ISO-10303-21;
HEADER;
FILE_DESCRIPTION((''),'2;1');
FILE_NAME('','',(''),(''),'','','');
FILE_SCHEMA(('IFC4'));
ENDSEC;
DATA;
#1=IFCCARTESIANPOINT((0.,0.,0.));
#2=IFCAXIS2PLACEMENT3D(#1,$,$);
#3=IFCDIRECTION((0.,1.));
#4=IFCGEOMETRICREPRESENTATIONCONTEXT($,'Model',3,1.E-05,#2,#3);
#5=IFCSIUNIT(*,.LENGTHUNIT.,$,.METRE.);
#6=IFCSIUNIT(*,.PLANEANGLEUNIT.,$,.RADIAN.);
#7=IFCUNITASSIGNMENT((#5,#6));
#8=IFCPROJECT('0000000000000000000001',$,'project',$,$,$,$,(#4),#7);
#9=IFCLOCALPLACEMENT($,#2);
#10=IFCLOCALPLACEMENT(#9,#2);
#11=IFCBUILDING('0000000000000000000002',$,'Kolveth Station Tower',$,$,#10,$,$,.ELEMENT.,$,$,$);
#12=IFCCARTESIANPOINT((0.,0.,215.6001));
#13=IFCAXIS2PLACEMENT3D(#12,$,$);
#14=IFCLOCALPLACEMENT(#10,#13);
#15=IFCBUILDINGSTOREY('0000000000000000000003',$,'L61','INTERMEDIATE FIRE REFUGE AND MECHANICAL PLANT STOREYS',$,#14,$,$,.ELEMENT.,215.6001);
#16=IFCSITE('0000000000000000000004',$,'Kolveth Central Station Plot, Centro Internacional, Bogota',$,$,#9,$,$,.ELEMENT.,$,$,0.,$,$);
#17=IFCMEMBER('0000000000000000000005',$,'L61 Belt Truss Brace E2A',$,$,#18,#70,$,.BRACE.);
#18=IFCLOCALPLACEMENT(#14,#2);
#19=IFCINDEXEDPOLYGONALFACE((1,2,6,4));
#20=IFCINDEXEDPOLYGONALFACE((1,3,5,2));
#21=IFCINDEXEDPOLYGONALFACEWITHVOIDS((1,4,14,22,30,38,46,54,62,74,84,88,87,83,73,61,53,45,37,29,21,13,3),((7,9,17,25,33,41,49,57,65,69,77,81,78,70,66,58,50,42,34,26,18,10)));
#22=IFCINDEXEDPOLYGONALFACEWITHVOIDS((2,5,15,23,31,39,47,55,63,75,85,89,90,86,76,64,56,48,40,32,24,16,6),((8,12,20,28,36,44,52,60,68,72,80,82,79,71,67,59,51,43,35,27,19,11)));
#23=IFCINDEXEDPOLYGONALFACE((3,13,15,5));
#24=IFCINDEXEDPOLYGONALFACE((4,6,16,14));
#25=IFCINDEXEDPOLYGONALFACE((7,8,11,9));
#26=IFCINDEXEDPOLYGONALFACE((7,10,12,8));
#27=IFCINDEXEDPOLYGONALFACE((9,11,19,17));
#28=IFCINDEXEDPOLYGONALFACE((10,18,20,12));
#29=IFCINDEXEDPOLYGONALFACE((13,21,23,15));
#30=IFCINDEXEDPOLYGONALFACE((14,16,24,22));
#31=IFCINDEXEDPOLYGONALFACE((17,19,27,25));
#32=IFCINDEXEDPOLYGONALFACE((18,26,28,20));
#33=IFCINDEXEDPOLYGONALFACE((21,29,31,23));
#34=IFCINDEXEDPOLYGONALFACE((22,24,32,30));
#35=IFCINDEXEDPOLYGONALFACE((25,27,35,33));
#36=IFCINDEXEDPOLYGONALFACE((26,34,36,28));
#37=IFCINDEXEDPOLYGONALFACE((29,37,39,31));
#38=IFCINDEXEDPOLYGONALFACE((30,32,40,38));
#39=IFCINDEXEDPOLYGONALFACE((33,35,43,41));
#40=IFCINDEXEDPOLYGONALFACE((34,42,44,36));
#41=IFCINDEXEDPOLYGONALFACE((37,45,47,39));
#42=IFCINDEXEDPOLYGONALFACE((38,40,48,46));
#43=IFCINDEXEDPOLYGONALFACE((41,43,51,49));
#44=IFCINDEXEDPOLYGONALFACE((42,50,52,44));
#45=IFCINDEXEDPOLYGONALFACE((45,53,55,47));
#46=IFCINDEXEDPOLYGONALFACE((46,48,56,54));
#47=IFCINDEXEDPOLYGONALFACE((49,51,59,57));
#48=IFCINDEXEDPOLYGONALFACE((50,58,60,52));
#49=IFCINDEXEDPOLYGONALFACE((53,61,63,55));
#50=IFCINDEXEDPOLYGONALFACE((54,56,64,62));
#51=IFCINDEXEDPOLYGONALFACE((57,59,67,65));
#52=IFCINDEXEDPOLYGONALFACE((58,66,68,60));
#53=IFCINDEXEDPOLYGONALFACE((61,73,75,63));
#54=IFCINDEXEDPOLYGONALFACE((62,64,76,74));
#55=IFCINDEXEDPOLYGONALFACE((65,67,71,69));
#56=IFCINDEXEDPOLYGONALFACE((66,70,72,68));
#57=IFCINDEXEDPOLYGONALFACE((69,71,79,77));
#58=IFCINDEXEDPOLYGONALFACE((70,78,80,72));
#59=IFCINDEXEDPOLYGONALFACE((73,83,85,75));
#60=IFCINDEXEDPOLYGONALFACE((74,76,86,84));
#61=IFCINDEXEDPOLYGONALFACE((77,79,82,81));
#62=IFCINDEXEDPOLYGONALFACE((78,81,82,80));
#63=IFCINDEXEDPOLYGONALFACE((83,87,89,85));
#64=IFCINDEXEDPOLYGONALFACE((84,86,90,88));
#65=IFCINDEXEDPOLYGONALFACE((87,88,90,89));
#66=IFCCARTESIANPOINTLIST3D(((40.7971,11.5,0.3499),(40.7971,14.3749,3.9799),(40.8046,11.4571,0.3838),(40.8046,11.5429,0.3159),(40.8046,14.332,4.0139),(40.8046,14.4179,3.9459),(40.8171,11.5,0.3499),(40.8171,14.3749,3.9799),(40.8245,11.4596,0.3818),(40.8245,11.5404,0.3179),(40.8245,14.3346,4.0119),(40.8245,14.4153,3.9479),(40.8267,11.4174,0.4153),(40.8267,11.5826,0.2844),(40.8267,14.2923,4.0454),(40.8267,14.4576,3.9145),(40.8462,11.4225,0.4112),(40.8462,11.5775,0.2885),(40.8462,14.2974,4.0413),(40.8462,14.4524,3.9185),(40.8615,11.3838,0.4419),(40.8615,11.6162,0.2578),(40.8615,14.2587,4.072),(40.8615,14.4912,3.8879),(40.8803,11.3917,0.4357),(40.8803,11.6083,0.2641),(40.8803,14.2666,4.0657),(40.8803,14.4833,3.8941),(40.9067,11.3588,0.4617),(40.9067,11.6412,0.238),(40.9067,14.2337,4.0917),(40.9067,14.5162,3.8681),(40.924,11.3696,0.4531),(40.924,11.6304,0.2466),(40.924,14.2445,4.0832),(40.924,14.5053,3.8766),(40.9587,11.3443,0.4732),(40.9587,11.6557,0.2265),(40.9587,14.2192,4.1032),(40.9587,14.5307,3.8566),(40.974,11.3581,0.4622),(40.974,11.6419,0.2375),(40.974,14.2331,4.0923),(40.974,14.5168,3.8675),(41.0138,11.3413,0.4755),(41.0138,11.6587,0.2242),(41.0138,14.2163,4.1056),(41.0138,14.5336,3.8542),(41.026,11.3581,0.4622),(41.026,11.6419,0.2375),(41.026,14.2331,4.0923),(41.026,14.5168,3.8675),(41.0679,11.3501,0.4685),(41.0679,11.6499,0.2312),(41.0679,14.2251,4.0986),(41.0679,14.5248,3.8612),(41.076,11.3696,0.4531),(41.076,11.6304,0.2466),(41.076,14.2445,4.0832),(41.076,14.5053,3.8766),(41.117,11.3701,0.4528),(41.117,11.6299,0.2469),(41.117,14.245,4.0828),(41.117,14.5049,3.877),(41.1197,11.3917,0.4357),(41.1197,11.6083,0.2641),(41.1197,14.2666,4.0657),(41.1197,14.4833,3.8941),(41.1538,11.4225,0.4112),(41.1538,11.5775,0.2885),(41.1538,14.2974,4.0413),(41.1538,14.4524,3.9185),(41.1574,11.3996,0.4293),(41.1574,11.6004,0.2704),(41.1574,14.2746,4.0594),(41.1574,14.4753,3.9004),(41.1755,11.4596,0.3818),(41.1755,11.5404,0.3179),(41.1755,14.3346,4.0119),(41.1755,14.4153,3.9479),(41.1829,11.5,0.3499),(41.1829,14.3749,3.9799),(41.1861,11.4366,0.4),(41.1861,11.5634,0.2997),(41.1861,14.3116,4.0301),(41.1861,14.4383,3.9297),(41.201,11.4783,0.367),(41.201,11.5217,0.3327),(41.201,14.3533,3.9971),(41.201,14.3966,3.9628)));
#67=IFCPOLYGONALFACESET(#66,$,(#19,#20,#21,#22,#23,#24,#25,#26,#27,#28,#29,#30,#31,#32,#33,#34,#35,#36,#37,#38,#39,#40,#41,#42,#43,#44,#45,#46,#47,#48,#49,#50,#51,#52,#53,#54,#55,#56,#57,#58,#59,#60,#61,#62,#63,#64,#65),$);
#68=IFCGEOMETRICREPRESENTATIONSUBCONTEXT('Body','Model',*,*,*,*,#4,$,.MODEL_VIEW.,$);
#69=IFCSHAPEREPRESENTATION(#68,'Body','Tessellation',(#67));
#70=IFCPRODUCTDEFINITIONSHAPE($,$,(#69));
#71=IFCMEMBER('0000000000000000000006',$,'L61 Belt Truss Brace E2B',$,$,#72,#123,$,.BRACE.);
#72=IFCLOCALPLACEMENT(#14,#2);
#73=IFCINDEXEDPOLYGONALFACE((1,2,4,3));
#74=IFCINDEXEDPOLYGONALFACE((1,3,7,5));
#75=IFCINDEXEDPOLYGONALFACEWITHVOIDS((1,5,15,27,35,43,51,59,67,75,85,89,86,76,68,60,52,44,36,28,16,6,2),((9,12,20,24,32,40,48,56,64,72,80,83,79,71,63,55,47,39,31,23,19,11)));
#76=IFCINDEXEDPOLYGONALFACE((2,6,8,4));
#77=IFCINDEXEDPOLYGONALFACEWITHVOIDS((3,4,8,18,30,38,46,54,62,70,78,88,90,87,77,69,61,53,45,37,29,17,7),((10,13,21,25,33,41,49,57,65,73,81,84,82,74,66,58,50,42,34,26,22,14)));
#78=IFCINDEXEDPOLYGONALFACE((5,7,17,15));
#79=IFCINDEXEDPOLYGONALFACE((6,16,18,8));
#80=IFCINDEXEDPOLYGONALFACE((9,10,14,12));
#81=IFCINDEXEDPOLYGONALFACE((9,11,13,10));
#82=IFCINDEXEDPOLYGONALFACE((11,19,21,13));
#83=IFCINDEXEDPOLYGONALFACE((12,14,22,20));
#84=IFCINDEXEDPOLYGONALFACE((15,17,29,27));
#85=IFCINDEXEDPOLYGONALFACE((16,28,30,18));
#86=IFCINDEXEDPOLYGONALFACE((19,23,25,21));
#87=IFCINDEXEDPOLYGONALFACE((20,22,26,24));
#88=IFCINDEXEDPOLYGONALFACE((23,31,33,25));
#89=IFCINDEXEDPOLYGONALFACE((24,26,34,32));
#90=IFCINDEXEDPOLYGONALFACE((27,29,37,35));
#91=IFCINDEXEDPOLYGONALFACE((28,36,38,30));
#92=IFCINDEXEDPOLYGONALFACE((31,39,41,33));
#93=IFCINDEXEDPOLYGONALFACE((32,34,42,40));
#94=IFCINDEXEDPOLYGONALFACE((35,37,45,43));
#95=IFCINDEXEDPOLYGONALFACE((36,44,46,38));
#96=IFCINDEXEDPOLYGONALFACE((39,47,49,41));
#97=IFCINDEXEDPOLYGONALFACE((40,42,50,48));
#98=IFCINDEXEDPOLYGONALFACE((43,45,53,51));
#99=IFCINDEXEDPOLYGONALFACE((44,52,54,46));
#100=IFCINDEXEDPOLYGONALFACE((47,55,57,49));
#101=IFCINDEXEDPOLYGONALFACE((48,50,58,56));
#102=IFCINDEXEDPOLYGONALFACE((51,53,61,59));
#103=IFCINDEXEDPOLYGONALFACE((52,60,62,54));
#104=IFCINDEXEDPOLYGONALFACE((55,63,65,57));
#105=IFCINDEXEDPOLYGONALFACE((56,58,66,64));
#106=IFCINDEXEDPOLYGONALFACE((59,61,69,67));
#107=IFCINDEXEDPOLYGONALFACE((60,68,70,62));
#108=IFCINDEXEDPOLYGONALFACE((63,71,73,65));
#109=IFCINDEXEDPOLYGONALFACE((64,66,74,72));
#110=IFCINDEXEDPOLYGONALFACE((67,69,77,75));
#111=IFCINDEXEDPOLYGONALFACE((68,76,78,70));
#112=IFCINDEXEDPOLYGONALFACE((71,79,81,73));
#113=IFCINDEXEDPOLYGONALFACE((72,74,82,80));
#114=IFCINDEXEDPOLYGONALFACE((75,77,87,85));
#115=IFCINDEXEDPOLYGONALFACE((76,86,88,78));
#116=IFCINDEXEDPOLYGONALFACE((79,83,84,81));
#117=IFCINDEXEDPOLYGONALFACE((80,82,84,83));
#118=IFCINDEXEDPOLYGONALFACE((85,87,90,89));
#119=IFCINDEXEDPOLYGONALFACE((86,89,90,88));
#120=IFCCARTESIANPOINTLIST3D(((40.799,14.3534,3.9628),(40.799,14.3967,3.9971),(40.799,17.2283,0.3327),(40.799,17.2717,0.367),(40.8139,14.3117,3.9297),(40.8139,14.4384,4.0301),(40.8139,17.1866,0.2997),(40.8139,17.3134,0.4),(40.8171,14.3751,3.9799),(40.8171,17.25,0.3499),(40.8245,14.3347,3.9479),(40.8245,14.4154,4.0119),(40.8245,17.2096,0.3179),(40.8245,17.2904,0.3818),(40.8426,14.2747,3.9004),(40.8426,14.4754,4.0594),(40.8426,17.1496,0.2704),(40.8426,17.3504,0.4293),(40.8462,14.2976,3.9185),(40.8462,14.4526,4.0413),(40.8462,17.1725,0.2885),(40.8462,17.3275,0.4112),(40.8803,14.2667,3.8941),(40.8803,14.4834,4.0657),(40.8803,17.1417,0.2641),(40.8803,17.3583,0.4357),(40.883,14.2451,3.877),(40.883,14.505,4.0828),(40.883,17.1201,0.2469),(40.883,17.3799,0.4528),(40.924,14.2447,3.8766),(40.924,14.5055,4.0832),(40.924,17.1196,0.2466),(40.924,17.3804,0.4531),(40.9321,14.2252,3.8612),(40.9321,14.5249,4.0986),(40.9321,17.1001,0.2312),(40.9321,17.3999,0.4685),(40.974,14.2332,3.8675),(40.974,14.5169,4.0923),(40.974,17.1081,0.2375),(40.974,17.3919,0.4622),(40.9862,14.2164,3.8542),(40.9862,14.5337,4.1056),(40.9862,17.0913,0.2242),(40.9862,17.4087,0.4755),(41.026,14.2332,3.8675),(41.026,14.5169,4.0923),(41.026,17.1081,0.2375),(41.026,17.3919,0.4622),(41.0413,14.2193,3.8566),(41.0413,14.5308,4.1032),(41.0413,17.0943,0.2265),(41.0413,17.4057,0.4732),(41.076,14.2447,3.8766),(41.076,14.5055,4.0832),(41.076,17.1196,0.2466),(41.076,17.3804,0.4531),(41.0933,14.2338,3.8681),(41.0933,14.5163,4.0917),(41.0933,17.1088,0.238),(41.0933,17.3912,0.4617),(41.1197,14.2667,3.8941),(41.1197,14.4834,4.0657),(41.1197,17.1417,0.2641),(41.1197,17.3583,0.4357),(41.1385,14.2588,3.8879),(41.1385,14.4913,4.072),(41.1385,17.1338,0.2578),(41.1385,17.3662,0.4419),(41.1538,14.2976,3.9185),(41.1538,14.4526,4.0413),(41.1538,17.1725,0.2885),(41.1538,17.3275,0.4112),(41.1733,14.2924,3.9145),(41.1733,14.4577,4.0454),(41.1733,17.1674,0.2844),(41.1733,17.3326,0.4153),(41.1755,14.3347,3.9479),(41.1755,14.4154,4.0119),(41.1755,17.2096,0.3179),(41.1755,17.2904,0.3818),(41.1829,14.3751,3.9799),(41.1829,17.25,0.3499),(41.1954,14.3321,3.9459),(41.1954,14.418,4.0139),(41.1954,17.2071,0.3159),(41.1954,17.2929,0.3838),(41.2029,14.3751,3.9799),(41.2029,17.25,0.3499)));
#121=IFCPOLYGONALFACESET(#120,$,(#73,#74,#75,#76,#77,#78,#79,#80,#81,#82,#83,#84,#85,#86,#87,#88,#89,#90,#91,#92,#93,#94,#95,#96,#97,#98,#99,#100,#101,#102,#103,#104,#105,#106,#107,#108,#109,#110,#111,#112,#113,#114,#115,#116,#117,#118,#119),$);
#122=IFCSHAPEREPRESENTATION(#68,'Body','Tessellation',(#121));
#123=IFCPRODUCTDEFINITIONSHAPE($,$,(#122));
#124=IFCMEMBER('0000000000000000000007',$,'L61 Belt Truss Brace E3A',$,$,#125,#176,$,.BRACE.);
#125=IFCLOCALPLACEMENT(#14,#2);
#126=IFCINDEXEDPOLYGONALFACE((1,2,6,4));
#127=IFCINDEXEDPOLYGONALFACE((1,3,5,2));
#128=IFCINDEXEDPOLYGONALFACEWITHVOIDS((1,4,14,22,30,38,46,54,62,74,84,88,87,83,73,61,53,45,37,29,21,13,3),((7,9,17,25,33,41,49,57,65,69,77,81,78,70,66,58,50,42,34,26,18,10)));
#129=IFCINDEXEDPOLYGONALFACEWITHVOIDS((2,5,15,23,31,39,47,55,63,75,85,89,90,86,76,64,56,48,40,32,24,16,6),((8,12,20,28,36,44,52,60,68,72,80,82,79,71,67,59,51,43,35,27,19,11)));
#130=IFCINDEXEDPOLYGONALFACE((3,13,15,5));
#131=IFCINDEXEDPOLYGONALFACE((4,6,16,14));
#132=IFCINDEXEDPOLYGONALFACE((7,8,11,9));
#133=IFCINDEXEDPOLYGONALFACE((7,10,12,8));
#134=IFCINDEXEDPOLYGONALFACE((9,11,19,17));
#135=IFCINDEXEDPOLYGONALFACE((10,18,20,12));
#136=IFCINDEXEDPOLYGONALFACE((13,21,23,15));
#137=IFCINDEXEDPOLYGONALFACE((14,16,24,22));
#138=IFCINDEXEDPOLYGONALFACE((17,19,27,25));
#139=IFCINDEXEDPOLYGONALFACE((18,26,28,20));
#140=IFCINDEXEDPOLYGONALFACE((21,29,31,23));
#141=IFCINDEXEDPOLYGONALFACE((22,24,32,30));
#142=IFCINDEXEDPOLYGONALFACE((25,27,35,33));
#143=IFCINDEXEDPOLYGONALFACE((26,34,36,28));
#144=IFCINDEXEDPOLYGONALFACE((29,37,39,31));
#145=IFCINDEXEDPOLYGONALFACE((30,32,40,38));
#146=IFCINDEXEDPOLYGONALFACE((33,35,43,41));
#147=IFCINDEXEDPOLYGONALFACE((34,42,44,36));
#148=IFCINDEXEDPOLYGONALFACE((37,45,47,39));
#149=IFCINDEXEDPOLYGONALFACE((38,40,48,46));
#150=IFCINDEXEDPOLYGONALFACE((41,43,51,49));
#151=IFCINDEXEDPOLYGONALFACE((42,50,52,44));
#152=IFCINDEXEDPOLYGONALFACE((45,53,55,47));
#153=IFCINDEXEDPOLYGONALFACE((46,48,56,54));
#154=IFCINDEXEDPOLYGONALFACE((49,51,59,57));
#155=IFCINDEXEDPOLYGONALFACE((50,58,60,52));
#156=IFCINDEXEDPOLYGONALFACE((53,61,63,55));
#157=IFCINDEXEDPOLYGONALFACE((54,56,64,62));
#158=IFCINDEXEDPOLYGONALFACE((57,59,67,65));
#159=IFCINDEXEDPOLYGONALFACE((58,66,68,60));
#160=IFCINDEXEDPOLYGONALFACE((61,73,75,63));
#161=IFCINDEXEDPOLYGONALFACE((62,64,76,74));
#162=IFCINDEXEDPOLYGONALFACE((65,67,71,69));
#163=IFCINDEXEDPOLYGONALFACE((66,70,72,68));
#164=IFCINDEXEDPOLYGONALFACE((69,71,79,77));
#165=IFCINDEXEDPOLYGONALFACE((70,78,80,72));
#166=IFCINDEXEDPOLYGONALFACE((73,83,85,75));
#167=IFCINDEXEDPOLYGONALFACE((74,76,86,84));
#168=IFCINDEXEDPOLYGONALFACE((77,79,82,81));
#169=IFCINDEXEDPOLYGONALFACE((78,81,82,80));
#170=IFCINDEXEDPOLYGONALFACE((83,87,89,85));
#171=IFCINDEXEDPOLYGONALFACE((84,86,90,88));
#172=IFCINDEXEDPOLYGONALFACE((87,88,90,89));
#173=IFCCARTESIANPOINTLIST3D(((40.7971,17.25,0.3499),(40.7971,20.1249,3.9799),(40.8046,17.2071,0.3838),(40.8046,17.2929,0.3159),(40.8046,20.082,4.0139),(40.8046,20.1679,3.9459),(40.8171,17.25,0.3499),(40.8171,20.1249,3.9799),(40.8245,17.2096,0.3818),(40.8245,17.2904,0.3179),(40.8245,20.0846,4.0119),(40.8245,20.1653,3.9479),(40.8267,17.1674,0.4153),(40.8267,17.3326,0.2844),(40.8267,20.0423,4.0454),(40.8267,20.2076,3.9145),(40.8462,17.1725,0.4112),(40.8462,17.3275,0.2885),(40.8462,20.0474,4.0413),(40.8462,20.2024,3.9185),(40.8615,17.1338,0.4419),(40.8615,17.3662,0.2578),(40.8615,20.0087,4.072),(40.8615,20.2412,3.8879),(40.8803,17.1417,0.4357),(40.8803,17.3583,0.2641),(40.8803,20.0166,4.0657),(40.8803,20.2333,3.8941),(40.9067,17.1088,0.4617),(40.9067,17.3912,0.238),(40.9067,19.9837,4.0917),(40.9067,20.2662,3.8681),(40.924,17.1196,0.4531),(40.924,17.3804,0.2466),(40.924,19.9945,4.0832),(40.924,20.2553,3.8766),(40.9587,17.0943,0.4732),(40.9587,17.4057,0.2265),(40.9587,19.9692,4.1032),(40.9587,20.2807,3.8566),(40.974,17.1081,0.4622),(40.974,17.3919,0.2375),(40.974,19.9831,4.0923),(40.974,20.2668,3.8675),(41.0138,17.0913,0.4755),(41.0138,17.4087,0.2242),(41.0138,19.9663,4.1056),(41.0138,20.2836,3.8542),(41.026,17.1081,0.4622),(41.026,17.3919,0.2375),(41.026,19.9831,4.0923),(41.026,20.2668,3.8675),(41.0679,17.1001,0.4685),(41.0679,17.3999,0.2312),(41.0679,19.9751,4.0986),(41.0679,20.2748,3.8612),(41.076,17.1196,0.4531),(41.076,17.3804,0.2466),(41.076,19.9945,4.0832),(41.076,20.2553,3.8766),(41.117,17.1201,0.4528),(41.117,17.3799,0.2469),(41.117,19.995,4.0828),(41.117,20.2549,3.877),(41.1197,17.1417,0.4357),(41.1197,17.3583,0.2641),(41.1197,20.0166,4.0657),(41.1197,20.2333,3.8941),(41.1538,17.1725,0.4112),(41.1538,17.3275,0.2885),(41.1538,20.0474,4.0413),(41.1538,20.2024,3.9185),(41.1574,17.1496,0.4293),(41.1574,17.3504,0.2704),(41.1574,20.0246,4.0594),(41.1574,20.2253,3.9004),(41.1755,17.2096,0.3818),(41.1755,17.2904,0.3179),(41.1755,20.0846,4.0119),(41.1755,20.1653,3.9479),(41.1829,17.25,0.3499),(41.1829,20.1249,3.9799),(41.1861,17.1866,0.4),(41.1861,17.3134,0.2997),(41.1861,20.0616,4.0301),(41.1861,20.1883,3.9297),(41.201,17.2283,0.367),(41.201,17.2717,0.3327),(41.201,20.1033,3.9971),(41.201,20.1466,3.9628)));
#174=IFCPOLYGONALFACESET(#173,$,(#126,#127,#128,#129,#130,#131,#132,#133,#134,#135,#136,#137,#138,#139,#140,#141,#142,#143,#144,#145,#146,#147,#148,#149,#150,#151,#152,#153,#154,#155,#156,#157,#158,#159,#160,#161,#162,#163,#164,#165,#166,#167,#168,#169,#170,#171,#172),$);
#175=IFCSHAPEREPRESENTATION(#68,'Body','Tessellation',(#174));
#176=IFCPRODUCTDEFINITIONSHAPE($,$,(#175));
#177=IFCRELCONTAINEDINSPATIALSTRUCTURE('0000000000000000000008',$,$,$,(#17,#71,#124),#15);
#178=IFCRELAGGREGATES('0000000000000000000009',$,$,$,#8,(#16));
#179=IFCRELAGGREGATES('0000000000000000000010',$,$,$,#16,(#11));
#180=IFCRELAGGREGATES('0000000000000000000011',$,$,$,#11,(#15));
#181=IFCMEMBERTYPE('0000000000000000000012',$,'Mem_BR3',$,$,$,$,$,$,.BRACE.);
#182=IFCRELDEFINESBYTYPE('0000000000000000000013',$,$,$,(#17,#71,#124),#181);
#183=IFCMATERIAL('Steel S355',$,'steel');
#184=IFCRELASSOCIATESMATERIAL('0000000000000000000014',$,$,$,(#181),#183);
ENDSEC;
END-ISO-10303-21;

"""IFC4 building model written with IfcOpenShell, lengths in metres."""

from ifc_helpers import new_model, si_unit, direction, frame, origin, origin_2d, place, context, subcontext, project, spatial, hollow_circle, extrude, source, transform, mapped, material, material_profile, profile_set, type_object, element, save


model = new_model("IFC4")

# Units and contexts
model_context = context("Model", 3, precision=1e-05, world=origin(), true_north=direction((0.0, 1.0)))
body_context = subcontext(model_context, "Body", "Model", "MODEL_VIEW")
ifc_project = project(units=[si_unit("LENGTHUNIT", "METRE"), si_unit("PLANEANGLEUNIT", "RADIAN")], contexts=[model_context])

# Site, building, storey
site_placement = place(None, origin())
site = spatial("IfcSite", under=ifc_project, at=site_placement, Name="Kolveth Central Station Plot, Centro Internacional, Bogota", CompositionType="ELEMENT", RefElevation=0.0)
building_placement = place(site_placement, origin())
building = spatial("IfcBuilding", under=site, at=building_placement, Name="Kolveth Station Tower", CompositionType="ELEMENT")
storey_placement = place(building_placement, frame((0.0, 0.0, 215.6001)))
storey = spatial("IfcBuildingStorey", under=building, at=storey_placement, Name="L61", Description="INTERMEDIATE FIRE REFUGE AND MECHANICAL PLANT STOREYS", CompositionType="ELEMENT", Elevation=215.6001)

# Shared definitions
ifc_material_1 = material(Name="Steel S355", Category="steel")

# Members
ifc_material_profile_1 = material_profile(ifc_material_1, hollow_circle(Radius=0.2029, WallThickness=0.02, at=origin_2d()), Name="CHS406x20")
ifc_profile_set_1 = profile_set([ifc_material_profile_1], Name="Steel S355")
member_type_1 = type_object("IfcMemberType", Name="Mem_BR3", PredefinedType="BRACE", material=ifc_profile_set_1)
shared_shape_1 = source(origin(), body_context, "Body", "SweptSolid", [
    extrude(hollow_circle(Radius=0.2029, WallThickness=0.02, at=origin_2d()), origin(), (0.0, 0.0, 1.0), 4.6306),
])
for number, where, z_axis, x_axis, name in (
    (1, (41.0, 11.5, 0.3499), (0.0, 0.620856, 0.783925), (-1.0, 0.0, 0.0), "L61 Belt Truss Brace E2A"),
    (2, (41.0, 17.25, 0.3499), (0.0, -0.620856, 0.783925), (1.0, 0.0, 0.0), "L61 Belt Truss Brace E2B"),
    (3, (41.0, 17.25, 0.3499), (0.0, 0.620856, 0.783925), (-1.0, 0.0, 0.0), "L61 Belt Truss Brace E3A"),
):
    element("IfcMember", number, at=place(storey_placement, frame(where, z_axis=z_axis, x_axis=x_axis)), inside=storey, type_object=member_type_1, Name=name, PredefinedType="BRACE", context=body_context, shape_type="MappedRepresentation", body=[
        mapped(shared_shape_1, transform((0.0, 0.0, 0.0), x_axis=(1.0, 0.0, 0.0), y_axis=(0.0, 1.0, 0.0), z_axis=(0.0, 0.0, 1.0), scale=1.0)),
    ])

save(model, "model.ifc")
